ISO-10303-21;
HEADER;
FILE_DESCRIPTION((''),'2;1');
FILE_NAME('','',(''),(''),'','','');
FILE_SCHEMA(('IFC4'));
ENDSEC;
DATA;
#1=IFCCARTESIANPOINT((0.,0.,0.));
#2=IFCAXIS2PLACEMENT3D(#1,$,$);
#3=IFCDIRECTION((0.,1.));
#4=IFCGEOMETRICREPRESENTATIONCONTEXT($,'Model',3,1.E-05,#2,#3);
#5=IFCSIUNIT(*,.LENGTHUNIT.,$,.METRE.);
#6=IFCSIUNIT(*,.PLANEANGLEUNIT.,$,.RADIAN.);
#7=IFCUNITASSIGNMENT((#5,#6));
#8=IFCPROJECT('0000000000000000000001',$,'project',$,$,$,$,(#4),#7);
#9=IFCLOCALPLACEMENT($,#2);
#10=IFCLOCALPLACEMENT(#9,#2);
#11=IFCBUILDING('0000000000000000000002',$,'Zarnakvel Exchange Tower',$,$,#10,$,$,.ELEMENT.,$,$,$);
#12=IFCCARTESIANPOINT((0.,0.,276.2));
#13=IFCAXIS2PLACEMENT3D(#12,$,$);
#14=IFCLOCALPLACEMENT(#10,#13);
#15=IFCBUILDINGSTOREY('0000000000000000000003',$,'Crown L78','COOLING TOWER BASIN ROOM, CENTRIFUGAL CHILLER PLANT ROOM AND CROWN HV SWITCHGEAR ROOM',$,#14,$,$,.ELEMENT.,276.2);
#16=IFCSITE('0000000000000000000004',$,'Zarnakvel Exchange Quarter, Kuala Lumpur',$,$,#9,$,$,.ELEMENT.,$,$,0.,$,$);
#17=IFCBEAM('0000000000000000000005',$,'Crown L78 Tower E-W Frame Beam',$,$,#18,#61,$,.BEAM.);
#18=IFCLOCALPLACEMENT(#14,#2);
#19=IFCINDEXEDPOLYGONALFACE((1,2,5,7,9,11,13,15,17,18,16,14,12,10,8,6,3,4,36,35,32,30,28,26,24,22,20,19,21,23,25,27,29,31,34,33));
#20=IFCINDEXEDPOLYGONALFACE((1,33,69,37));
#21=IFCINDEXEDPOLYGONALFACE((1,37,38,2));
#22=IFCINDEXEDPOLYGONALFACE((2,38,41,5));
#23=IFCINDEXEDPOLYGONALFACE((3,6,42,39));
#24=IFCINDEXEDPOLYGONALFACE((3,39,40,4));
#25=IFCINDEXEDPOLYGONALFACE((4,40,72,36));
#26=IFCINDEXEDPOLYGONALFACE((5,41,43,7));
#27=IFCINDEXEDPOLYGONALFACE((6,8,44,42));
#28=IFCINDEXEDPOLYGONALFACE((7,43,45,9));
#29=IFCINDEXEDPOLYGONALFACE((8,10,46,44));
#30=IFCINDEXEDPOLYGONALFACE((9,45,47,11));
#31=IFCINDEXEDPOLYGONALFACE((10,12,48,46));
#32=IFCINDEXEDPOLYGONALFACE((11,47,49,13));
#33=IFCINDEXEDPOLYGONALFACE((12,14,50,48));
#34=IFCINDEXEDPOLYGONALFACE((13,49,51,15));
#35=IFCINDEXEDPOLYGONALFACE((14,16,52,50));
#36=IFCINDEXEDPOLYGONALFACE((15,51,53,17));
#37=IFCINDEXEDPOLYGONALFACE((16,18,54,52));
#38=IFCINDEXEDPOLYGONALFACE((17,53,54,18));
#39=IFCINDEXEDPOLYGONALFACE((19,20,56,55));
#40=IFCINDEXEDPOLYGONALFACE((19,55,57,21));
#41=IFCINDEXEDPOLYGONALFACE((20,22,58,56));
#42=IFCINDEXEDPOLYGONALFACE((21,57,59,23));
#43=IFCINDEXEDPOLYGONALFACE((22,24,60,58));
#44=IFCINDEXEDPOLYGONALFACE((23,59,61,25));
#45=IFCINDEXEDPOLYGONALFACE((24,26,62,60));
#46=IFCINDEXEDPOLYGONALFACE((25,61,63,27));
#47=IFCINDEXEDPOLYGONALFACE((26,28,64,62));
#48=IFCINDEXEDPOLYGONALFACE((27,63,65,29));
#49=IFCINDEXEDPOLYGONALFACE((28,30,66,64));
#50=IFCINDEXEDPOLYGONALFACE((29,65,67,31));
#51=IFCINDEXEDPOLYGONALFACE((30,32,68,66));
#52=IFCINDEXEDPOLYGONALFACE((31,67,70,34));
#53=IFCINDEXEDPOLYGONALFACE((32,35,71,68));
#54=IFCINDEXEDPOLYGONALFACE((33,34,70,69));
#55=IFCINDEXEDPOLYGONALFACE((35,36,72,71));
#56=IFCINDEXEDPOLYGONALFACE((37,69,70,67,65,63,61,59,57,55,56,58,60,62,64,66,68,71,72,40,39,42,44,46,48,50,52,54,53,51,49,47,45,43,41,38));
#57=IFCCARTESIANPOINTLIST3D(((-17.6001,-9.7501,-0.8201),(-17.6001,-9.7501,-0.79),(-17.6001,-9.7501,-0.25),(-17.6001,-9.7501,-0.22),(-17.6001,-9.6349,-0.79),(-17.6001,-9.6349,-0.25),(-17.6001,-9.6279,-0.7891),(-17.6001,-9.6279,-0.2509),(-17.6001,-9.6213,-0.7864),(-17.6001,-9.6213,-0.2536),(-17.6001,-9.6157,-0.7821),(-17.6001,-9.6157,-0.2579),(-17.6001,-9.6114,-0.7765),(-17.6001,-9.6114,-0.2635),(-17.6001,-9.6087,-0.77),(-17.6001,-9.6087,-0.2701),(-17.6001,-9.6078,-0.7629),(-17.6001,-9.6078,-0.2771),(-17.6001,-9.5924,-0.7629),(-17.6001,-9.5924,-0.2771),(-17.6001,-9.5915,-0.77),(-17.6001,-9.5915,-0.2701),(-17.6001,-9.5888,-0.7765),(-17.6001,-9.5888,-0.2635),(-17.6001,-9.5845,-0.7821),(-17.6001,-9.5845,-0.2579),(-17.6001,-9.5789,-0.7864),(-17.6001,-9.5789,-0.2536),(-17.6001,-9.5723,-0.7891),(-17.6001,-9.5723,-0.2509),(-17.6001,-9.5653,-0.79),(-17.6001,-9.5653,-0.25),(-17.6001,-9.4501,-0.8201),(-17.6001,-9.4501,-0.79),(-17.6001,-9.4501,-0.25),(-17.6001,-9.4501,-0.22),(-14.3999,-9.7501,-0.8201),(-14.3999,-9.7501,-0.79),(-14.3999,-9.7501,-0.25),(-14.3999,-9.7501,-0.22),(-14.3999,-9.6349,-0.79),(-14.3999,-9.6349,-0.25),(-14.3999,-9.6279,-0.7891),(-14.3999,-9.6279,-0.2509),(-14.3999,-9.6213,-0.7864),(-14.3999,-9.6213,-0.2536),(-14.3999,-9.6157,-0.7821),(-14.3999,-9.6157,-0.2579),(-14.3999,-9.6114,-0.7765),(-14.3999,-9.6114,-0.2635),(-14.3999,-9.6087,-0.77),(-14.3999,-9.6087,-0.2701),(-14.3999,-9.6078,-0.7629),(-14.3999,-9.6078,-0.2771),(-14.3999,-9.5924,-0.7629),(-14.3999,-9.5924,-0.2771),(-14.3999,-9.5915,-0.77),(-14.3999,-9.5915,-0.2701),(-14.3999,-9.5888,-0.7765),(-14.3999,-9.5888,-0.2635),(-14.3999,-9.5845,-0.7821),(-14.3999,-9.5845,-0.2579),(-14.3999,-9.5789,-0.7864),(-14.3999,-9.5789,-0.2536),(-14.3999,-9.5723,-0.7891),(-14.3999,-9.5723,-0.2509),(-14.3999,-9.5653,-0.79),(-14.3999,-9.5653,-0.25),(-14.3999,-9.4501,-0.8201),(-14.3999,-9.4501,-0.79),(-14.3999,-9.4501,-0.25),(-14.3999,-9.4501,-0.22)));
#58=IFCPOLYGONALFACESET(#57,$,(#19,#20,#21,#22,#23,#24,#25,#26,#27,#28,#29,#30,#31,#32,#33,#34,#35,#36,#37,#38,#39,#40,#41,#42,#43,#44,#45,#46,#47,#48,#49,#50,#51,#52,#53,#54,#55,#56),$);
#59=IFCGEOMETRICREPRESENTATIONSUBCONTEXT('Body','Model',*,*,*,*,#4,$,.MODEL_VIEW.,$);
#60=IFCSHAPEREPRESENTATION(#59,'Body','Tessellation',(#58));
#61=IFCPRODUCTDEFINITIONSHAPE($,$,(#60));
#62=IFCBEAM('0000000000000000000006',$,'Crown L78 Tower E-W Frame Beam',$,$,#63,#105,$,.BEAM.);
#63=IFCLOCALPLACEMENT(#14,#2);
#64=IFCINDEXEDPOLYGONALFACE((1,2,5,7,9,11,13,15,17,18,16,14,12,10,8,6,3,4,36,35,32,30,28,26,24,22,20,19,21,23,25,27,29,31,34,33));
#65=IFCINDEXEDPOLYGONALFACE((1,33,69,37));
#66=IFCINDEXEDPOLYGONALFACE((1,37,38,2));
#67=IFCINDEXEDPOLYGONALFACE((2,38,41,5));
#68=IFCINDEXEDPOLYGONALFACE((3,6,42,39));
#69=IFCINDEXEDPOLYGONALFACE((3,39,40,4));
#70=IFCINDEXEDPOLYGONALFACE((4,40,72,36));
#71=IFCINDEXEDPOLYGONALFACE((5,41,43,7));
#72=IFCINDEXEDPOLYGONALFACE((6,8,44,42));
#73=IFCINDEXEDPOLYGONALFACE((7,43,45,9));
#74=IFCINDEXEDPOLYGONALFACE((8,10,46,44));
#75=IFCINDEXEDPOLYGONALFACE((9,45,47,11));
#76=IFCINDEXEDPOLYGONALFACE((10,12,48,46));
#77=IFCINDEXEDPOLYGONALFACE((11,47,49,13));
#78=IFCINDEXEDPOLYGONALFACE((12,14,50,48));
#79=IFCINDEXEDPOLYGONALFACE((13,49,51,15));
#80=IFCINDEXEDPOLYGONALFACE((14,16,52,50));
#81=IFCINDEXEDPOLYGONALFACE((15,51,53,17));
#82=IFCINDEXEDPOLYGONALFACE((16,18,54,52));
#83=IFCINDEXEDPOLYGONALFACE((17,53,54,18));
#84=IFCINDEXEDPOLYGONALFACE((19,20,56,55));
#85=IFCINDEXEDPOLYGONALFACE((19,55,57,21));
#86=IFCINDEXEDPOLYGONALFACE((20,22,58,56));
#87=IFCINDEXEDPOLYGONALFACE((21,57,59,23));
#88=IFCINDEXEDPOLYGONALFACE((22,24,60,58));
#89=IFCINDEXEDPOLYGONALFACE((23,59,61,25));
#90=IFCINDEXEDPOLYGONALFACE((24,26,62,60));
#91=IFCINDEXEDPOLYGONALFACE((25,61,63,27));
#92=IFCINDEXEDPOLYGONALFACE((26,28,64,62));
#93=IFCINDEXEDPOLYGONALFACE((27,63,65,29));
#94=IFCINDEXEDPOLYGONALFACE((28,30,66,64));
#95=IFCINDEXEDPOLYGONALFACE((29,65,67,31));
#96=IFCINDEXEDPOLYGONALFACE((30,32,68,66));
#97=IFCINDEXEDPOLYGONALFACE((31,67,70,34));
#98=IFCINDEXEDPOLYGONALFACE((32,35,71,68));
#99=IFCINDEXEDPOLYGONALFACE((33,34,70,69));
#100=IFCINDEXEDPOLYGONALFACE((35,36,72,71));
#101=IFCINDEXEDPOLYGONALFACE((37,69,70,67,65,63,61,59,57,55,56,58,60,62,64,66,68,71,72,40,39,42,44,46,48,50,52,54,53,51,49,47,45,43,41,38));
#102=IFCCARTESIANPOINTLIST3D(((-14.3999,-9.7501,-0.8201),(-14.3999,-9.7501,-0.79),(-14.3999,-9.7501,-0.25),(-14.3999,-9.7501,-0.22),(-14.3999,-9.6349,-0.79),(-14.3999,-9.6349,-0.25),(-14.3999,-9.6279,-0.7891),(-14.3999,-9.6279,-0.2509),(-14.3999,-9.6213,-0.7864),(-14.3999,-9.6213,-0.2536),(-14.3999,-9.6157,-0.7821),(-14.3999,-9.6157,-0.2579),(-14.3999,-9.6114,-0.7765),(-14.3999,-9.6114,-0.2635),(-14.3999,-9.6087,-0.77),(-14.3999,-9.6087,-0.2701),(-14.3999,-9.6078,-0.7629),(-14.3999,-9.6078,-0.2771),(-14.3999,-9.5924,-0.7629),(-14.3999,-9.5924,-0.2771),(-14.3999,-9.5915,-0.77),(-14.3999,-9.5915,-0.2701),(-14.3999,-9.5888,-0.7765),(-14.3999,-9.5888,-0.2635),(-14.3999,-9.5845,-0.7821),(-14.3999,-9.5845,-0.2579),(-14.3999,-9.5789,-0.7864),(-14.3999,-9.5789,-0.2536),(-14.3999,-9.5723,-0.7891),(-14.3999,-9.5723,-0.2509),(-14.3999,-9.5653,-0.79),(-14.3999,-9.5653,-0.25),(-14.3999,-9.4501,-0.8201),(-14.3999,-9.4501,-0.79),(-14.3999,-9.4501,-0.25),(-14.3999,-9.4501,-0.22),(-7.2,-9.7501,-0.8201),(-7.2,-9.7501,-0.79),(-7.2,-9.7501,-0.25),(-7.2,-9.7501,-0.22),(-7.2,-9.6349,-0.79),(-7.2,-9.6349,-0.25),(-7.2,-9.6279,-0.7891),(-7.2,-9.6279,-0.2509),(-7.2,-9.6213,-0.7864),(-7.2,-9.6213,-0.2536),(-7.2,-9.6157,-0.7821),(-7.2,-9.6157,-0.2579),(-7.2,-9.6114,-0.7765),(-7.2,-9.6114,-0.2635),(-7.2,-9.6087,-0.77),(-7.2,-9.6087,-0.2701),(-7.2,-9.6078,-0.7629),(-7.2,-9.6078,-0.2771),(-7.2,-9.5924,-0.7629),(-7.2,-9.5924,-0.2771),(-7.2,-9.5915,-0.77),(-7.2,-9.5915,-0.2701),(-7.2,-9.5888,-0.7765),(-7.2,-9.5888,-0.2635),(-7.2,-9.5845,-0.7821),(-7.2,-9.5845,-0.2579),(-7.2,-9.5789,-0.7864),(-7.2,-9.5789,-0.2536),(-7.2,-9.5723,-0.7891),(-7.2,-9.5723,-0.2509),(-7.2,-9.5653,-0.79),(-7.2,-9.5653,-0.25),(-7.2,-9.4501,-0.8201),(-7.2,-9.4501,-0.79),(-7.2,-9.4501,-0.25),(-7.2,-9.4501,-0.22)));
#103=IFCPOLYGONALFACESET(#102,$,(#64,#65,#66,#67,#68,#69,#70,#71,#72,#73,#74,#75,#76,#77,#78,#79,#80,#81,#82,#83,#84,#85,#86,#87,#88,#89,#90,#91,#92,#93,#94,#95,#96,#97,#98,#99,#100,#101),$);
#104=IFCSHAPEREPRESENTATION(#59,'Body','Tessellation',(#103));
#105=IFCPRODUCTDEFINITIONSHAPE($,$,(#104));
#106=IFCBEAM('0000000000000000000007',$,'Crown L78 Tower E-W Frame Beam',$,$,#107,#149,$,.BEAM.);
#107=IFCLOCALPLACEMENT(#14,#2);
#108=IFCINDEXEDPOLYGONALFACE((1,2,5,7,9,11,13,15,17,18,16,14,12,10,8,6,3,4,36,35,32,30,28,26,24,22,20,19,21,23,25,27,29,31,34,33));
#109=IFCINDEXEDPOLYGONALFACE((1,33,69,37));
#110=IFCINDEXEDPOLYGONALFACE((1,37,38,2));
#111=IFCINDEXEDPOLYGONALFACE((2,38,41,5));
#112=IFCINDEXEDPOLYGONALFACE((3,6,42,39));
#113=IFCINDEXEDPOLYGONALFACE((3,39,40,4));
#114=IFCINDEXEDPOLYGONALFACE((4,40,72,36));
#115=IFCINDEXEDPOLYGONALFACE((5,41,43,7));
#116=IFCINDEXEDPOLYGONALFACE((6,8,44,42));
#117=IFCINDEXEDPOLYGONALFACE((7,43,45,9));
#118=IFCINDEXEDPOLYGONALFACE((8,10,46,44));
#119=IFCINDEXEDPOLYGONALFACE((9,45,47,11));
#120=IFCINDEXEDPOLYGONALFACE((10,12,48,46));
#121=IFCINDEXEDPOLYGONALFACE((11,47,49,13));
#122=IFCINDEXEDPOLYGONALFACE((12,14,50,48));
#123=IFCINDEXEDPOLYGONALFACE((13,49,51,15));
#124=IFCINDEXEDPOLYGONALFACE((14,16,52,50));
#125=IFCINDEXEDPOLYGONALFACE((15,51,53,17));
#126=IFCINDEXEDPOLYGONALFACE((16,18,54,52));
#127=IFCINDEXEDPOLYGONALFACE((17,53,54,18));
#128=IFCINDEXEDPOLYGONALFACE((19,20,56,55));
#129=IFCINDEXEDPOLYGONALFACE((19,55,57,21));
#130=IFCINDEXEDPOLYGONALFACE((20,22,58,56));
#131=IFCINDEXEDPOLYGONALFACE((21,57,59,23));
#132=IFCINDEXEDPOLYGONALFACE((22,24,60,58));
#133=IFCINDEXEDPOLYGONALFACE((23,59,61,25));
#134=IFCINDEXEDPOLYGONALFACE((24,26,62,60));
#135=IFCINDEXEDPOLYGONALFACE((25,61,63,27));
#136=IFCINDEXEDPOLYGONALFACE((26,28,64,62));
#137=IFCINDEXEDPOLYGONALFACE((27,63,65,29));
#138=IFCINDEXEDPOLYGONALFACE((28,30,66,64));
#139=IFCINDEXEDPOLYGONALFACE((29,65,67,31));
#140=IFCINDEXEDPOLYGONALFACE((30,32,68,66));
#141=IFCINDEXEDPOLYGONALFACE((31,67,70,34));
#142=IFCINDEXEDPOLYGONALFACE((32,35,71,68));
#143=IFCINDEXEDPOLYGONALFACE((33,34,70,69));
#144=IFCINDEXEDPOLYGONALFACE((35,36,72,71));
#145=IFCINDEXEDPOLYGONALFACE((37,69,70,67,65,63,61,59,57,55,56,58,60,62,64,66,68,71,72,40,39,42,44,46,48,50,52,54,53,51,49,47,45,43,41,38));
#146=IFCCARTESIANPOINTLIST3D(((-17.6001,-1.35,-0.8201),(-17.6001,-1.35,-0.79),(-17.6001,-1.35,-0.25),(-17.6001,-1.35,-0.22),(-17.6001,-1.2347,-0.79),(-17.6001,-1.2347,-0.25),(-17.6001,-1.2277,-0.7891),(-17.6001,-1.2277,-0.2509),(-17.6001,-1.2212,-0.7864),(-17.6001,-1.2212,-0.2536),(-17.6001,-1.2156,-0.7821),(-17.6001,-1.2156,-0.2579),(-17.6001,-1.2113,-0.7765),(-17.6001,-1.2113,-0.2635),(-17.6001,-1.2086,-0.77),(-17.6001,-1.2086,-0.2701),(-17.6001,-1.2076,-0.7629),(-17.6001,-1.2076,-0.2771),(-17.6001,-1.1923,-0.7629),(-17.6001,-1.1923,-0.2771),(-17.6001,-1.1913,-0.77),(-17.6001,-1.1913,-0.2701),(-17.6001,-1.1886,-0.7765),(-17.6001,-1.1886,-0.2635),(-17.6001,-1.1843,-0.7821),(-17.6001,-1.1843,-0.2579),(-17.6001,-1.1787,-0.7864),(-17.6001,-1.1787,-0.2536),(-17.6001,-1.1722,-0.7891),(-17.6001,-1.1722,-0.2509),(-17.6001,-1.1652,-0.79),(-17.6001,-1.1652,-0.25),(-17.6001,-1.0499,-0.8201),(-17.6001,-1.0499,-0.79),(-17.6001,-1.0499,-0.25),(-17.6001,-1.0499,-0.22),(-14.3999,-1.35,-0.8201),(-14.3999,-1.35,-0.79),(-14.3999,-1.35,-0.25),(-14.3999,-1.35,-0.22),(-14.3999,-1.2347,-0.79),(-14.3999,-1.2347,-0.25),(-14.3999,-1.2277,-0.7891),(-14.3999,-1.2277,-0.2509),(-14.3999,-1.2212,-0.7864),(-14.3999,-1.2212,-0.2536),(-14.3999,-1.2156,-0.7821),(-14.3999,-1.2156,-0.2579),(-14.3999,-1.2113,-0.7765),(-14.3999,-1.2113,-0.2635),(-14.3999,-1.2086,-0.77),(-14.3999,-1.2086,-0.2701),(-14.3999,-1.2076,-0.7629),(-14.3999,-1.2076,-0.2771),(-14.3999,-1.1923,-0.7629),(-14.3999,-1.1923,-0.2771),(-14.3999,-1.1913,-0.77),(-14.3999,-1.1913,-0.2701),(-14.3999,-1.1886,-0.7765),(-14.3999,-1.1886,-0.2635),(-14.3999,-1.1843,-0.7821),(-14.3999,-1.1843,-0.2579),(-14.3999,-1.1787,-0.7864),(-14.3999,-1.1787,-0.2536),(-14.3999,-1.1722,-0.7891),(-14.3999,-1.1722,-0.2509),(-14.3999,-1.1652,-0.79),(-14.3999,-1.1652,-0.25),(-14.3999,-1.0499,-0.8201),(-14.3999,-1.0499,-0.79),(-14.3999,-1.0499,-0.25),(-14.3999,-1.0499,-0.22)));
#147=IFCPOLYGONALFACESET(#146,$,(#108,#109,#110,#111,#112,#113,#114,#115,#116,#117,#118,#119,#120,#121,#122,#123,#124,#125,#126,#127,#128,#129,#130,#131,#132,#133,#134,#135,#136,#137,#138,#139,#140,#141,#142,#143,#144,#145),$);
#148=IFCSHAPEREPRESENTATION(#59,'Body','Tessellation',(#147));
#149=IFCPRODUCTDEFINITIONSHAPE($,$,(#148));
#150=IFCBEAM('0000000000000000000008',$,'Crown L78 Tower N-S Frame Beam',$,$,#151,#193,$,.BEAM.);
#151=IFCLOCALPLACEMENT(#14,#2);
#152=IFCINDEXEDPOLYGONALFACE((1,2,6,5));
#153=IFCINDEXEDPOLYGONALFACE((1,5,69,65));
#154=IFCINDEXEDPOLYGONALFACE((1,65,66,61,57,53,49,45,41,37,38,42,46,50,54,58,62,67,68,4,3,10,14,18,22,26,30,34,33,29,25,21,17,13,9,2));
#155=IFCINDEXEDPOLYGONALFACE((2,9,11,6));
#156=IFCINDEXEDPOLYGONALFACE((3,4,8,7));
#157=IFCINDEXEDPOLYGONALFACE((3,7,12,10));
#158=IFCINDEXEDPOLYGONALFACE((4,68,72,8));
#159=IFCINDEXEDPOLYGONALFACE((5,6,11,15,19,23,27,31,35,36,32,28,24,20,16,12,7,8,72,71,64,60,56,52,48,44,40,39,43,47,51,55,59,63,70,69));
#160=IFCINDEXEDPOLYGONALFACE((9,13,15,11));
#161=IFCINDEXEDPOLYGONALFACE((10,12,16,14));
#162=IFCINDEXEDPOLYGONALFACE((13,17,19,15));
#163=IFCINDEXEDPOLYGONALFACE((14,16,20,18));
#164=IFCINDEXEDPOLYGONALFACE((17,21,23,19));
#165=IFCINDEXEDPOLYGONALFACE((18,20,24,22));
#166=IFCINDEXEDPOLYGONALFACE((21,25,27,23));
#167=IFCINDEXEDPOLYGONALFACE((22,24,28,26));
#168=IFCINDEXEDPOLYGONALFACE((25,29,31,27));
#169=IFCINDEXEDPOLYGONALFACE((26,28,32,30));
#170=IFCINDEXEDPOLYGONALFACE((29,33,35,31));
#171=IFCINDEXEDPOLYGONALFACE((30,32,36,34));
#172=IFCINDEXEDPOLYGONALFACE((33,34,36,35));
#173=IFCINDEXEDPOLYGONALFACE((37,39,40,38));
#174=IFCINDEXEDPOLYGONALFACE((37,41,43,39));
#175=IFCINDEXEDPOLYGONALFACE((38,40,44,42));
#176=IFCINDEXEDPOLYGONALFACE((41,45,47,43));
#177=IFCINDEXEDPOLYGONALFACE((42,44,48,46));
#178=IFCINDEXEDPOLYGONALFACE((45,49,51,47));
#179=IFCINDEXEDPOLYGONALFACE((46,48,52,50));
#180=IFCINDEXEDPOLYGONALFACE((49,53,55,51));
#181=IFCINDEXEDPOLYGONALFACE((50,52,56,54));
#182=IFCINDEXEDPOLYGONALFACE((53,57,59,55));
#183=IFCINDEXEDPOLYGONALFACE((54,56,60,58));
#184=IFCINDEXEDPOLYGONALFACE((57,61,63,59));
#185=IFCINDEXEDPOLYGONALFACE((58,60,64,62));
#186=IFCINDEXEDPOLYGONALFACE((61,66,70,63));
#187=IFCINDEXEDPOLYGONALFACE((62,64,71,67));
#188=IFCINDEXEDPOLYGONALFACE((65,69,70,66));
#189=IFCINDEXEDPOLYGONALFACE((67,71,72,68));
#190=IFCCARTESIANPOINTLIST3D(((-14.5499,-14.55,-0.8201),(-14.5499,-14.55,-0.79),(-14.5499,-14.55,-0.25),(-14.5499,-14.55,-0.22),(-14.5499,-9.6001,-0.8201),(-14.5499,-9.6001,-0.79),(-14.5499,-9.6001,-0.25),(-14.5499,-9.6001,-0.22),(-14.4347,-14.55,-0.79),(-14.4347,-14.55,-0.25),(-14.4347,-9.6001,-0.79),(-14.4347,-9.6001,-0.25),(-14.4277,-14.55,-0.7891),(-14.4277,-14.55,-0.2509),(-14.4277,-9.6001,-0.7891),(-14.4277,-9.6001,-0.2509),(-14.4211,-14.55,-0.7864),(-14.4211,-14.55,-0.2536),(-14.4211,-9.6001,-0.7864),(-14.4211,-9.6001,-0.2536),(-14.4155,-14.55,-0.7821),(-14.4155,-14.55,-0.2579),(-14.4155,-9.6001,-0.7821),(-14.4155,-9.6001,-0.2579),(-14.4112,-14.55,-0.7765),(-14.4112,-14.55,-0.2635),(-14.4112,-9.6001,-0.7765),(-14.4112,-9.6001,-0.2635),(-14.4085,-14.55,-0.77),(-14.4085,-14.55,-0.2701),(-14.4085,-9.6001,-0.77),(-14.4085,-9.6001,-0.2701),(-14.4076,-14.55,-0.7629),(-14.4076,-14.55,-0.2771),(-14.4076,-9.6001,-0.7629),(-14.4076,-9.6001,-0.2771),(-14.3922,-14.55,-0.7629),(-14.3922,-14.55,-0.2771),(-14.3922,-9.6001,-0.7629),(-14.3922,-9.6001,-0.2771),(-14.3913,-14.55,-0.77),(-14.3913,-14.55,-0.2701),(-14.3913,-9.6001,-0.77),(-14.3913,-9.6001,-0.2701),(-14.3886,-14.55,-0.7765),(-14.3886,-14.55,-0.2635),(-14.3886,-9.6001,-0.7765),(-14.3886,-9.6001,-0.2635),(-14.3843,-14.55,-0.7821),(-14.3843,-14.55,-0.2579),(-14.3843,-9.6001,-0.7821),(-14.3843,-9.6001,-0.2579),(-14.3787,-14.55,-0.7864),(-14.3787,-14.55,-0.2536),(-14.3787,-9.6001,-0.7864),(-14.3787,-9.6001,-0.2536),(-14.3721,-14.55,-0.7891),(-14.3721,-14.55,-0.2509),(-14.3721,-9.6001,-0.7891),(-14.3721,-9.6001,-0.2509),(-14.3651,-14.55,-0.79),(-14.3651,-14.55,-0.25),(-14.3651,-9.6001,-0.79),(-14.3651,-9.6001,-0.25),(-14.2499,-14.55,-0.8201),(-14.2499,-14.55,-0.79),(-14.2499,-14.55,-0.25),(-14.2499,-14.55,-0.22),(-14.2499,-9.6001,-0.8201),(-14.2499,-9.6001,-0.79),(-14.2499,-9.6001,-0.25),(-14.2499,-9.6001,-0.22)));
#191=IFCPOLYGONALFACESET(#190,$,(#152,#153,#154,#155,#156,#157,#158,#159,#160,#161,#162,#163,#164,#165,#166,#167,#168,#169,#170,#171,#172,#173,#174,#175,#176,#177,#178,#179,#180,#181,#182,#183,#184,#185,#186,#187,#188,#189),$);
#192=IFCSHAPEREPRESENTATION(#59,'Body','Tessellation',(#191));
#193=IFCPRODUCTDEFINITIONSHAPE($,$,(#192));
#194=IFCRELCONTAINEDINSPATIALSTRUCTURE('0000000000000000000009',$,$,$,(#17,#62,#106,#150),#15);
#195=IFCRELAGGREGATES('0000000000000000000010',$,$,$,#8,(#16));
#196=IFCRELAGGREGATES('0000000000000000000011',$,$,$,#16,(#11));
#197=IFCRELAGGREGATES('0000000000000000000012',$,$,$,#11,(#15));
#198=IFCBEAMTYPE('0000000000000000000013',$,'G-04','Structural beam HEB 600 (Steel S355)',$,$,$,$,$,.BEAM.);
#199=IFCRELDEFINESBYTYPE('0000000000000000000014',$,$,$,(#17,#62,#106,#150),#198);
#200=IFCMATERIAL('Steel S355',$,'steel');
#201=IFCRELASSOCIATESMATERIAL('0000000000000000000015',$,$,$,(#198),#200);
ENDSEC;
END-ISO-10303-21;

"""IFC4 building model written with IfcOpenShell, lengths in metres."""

from ifc_helpers import new_model, si_unit, direction, frame, origin, origin_2d, place, context, subcontext, project, spatial, i_section, extrude, material, material_profile, profile_set, type_object, element, save


model = new_model("IFC4")

# Units and contexts
model_context = context("Model", 3, precision=1e-05, world=origin(), true_north=direction((0.0, 1.0)))
body_context = subcontext(model_context, "Body", "Model", "MODEL_VIEW")
ifc_project = project(units=[si_unit("LENGTHUNIT", "METRE"), si_unit("PLANEANGLEUNIT", "RADIAN")], contexts=[model_context])

# Site, building, storey
site_placement = place(None, origin())
site = spatial("IfcSite", under=ifc_project, at=site_placement, Name="Zarnakvel Exchange Quarter, Kuala Lumpur", CompositionType="ELEMENT", RefElevation=0.0)
building_placement = place(site_placement, origin())
building = spatial("IfcBuilding", under=site, at=building_placement, Name="Zarnakvel Exchange Tower", CompositionType="ELEMENT")
storey_placement = place(building_placement, frame((0.0, 0.0, 276.2)))
storey = spatial("IfcBuildingStorey", under=building, at=storey_placement, Name="Crown L78", Description="COOLING TOWER BASIN ROOM, CENTRIFUGAL CHILLER PLANT ROOM AND CROWN HV SWITCHGEAR ROOM", CompositionType="ELEMENT", Elevation=276.2)

# Shared definitions
ifc_material_1 = material(Name="Steel S355", Category="steel")

# Beams
ifc_material_profile_1 = material_profile(ifc_material_1, i_section(OverallWidth=0.3, OverallDepth=0.6001, WebThickness=0.0154, FlangeThickness=0.03, FilletRadius=0.0271, at=origin_2d()))
ifc_profile_set_1 = profile_set([ifc_material_profile_1], Name="Steel S355")
beam_type_1 = type_object("IfcBeamType", Name="G-04", Description="Structural beam HEB 600 (Steel S355)", PredefinedType="BEAM", material=ifc_profile_set_1)
beam_1_placement = place(storey_placement, frame((-17.6001, -9.6001, -0.52), z_axis=(1.0, 0.0, 0.0), x_axis=(0.0, 1.0, 0.0)))
element("IfcBeam", 1, at=beam_1_placement, inside=storey, type_object=beam_type_1, Name="Crown L78 Tower E-W Frame Beam", PredefinedType="BEAM", context=body_context, shape_type="SweptSolid", body=[
    extrude(i_section(OverallWidth=0.3, OverallDepth=0.6001, WebThickness=0.0154, FlangeThickness=0.03, FilletRadius=0.0271, at=origin_2d()), origin(), (0.0, 0.0, 1.0), 3.2002),
])
beam_2_placement = place(storey_placement, frame((-14.3999, -9.6001, -0.52), z_axis=(1.0, 0.0, 0.0), x_axis=(0.0, 1.0, 0.0)))
element("IfcBeam", 2, at=beam_2_placement, inside=storey, type_object=beam_type_1, Name="Crown L78 Tower E-W Frame Beam", PredefinedType="BEAM", context=body_context, shape_type="SweptSolid", body=[
    extrude(i_section(OverallWidth=0.3, OverallDepth=0.6001, WebThickness=0.0154, FlangeThickness=0.03, FilletRadius=0.0271, at=origin_2d()), origin(), (0.0, 0.0, 1.0), 7.2),
])
beam_3_placement = place(storey_placement, frame((-17.6001, -1.2, -0.52), z_axis=(1.0, 0.0, 0.0), x_axis=(0.0, 1.0, 0.0)))
element("IfcBeam", 3, at=beam_3_placement, inside=storey, type_object=beam_type_1, Name="Crown L78 Tower E-W Frame Beam", PredefinedType="BEAM", context=body_context, shape_type="SweptSolid", body=[
    extrude(i_section(OverallWidth=0.3, OverallDepth=0.6001, WebThickness=0.0154, FlangeThickness=0.03, FilletRadius=0.0271, at=origin_2d()), origin(), (0.0, 0.0, 1.0), 3.2002),
])
beam_4_placement = place(storey_placement, frame((-14.3999, -14.55, -0.52), z_axis=(0.0, 1.0, 0.0), x_axis=(-1.0, 0.0, 0.0)))
element("IfcBeam", 4, at=beam_4_placement, inside=storey, type_object=beam_type_1, Name="Crown L78 Tower N-S Frame Beam", PredefinedType="BEAM", context=body_context, shape_type="SweptSolid", body=[
    extrude(i_section(OverallWidth=0.3, OverallDepth=0.6001, WebThickness=0.0154, FlangeThickness=0.03, FilletRadius=0.0271, at=origin_2d()), origin(), (0.0, 0.0, 1.0), 4.95),
])

save(model, "model.ifc")
